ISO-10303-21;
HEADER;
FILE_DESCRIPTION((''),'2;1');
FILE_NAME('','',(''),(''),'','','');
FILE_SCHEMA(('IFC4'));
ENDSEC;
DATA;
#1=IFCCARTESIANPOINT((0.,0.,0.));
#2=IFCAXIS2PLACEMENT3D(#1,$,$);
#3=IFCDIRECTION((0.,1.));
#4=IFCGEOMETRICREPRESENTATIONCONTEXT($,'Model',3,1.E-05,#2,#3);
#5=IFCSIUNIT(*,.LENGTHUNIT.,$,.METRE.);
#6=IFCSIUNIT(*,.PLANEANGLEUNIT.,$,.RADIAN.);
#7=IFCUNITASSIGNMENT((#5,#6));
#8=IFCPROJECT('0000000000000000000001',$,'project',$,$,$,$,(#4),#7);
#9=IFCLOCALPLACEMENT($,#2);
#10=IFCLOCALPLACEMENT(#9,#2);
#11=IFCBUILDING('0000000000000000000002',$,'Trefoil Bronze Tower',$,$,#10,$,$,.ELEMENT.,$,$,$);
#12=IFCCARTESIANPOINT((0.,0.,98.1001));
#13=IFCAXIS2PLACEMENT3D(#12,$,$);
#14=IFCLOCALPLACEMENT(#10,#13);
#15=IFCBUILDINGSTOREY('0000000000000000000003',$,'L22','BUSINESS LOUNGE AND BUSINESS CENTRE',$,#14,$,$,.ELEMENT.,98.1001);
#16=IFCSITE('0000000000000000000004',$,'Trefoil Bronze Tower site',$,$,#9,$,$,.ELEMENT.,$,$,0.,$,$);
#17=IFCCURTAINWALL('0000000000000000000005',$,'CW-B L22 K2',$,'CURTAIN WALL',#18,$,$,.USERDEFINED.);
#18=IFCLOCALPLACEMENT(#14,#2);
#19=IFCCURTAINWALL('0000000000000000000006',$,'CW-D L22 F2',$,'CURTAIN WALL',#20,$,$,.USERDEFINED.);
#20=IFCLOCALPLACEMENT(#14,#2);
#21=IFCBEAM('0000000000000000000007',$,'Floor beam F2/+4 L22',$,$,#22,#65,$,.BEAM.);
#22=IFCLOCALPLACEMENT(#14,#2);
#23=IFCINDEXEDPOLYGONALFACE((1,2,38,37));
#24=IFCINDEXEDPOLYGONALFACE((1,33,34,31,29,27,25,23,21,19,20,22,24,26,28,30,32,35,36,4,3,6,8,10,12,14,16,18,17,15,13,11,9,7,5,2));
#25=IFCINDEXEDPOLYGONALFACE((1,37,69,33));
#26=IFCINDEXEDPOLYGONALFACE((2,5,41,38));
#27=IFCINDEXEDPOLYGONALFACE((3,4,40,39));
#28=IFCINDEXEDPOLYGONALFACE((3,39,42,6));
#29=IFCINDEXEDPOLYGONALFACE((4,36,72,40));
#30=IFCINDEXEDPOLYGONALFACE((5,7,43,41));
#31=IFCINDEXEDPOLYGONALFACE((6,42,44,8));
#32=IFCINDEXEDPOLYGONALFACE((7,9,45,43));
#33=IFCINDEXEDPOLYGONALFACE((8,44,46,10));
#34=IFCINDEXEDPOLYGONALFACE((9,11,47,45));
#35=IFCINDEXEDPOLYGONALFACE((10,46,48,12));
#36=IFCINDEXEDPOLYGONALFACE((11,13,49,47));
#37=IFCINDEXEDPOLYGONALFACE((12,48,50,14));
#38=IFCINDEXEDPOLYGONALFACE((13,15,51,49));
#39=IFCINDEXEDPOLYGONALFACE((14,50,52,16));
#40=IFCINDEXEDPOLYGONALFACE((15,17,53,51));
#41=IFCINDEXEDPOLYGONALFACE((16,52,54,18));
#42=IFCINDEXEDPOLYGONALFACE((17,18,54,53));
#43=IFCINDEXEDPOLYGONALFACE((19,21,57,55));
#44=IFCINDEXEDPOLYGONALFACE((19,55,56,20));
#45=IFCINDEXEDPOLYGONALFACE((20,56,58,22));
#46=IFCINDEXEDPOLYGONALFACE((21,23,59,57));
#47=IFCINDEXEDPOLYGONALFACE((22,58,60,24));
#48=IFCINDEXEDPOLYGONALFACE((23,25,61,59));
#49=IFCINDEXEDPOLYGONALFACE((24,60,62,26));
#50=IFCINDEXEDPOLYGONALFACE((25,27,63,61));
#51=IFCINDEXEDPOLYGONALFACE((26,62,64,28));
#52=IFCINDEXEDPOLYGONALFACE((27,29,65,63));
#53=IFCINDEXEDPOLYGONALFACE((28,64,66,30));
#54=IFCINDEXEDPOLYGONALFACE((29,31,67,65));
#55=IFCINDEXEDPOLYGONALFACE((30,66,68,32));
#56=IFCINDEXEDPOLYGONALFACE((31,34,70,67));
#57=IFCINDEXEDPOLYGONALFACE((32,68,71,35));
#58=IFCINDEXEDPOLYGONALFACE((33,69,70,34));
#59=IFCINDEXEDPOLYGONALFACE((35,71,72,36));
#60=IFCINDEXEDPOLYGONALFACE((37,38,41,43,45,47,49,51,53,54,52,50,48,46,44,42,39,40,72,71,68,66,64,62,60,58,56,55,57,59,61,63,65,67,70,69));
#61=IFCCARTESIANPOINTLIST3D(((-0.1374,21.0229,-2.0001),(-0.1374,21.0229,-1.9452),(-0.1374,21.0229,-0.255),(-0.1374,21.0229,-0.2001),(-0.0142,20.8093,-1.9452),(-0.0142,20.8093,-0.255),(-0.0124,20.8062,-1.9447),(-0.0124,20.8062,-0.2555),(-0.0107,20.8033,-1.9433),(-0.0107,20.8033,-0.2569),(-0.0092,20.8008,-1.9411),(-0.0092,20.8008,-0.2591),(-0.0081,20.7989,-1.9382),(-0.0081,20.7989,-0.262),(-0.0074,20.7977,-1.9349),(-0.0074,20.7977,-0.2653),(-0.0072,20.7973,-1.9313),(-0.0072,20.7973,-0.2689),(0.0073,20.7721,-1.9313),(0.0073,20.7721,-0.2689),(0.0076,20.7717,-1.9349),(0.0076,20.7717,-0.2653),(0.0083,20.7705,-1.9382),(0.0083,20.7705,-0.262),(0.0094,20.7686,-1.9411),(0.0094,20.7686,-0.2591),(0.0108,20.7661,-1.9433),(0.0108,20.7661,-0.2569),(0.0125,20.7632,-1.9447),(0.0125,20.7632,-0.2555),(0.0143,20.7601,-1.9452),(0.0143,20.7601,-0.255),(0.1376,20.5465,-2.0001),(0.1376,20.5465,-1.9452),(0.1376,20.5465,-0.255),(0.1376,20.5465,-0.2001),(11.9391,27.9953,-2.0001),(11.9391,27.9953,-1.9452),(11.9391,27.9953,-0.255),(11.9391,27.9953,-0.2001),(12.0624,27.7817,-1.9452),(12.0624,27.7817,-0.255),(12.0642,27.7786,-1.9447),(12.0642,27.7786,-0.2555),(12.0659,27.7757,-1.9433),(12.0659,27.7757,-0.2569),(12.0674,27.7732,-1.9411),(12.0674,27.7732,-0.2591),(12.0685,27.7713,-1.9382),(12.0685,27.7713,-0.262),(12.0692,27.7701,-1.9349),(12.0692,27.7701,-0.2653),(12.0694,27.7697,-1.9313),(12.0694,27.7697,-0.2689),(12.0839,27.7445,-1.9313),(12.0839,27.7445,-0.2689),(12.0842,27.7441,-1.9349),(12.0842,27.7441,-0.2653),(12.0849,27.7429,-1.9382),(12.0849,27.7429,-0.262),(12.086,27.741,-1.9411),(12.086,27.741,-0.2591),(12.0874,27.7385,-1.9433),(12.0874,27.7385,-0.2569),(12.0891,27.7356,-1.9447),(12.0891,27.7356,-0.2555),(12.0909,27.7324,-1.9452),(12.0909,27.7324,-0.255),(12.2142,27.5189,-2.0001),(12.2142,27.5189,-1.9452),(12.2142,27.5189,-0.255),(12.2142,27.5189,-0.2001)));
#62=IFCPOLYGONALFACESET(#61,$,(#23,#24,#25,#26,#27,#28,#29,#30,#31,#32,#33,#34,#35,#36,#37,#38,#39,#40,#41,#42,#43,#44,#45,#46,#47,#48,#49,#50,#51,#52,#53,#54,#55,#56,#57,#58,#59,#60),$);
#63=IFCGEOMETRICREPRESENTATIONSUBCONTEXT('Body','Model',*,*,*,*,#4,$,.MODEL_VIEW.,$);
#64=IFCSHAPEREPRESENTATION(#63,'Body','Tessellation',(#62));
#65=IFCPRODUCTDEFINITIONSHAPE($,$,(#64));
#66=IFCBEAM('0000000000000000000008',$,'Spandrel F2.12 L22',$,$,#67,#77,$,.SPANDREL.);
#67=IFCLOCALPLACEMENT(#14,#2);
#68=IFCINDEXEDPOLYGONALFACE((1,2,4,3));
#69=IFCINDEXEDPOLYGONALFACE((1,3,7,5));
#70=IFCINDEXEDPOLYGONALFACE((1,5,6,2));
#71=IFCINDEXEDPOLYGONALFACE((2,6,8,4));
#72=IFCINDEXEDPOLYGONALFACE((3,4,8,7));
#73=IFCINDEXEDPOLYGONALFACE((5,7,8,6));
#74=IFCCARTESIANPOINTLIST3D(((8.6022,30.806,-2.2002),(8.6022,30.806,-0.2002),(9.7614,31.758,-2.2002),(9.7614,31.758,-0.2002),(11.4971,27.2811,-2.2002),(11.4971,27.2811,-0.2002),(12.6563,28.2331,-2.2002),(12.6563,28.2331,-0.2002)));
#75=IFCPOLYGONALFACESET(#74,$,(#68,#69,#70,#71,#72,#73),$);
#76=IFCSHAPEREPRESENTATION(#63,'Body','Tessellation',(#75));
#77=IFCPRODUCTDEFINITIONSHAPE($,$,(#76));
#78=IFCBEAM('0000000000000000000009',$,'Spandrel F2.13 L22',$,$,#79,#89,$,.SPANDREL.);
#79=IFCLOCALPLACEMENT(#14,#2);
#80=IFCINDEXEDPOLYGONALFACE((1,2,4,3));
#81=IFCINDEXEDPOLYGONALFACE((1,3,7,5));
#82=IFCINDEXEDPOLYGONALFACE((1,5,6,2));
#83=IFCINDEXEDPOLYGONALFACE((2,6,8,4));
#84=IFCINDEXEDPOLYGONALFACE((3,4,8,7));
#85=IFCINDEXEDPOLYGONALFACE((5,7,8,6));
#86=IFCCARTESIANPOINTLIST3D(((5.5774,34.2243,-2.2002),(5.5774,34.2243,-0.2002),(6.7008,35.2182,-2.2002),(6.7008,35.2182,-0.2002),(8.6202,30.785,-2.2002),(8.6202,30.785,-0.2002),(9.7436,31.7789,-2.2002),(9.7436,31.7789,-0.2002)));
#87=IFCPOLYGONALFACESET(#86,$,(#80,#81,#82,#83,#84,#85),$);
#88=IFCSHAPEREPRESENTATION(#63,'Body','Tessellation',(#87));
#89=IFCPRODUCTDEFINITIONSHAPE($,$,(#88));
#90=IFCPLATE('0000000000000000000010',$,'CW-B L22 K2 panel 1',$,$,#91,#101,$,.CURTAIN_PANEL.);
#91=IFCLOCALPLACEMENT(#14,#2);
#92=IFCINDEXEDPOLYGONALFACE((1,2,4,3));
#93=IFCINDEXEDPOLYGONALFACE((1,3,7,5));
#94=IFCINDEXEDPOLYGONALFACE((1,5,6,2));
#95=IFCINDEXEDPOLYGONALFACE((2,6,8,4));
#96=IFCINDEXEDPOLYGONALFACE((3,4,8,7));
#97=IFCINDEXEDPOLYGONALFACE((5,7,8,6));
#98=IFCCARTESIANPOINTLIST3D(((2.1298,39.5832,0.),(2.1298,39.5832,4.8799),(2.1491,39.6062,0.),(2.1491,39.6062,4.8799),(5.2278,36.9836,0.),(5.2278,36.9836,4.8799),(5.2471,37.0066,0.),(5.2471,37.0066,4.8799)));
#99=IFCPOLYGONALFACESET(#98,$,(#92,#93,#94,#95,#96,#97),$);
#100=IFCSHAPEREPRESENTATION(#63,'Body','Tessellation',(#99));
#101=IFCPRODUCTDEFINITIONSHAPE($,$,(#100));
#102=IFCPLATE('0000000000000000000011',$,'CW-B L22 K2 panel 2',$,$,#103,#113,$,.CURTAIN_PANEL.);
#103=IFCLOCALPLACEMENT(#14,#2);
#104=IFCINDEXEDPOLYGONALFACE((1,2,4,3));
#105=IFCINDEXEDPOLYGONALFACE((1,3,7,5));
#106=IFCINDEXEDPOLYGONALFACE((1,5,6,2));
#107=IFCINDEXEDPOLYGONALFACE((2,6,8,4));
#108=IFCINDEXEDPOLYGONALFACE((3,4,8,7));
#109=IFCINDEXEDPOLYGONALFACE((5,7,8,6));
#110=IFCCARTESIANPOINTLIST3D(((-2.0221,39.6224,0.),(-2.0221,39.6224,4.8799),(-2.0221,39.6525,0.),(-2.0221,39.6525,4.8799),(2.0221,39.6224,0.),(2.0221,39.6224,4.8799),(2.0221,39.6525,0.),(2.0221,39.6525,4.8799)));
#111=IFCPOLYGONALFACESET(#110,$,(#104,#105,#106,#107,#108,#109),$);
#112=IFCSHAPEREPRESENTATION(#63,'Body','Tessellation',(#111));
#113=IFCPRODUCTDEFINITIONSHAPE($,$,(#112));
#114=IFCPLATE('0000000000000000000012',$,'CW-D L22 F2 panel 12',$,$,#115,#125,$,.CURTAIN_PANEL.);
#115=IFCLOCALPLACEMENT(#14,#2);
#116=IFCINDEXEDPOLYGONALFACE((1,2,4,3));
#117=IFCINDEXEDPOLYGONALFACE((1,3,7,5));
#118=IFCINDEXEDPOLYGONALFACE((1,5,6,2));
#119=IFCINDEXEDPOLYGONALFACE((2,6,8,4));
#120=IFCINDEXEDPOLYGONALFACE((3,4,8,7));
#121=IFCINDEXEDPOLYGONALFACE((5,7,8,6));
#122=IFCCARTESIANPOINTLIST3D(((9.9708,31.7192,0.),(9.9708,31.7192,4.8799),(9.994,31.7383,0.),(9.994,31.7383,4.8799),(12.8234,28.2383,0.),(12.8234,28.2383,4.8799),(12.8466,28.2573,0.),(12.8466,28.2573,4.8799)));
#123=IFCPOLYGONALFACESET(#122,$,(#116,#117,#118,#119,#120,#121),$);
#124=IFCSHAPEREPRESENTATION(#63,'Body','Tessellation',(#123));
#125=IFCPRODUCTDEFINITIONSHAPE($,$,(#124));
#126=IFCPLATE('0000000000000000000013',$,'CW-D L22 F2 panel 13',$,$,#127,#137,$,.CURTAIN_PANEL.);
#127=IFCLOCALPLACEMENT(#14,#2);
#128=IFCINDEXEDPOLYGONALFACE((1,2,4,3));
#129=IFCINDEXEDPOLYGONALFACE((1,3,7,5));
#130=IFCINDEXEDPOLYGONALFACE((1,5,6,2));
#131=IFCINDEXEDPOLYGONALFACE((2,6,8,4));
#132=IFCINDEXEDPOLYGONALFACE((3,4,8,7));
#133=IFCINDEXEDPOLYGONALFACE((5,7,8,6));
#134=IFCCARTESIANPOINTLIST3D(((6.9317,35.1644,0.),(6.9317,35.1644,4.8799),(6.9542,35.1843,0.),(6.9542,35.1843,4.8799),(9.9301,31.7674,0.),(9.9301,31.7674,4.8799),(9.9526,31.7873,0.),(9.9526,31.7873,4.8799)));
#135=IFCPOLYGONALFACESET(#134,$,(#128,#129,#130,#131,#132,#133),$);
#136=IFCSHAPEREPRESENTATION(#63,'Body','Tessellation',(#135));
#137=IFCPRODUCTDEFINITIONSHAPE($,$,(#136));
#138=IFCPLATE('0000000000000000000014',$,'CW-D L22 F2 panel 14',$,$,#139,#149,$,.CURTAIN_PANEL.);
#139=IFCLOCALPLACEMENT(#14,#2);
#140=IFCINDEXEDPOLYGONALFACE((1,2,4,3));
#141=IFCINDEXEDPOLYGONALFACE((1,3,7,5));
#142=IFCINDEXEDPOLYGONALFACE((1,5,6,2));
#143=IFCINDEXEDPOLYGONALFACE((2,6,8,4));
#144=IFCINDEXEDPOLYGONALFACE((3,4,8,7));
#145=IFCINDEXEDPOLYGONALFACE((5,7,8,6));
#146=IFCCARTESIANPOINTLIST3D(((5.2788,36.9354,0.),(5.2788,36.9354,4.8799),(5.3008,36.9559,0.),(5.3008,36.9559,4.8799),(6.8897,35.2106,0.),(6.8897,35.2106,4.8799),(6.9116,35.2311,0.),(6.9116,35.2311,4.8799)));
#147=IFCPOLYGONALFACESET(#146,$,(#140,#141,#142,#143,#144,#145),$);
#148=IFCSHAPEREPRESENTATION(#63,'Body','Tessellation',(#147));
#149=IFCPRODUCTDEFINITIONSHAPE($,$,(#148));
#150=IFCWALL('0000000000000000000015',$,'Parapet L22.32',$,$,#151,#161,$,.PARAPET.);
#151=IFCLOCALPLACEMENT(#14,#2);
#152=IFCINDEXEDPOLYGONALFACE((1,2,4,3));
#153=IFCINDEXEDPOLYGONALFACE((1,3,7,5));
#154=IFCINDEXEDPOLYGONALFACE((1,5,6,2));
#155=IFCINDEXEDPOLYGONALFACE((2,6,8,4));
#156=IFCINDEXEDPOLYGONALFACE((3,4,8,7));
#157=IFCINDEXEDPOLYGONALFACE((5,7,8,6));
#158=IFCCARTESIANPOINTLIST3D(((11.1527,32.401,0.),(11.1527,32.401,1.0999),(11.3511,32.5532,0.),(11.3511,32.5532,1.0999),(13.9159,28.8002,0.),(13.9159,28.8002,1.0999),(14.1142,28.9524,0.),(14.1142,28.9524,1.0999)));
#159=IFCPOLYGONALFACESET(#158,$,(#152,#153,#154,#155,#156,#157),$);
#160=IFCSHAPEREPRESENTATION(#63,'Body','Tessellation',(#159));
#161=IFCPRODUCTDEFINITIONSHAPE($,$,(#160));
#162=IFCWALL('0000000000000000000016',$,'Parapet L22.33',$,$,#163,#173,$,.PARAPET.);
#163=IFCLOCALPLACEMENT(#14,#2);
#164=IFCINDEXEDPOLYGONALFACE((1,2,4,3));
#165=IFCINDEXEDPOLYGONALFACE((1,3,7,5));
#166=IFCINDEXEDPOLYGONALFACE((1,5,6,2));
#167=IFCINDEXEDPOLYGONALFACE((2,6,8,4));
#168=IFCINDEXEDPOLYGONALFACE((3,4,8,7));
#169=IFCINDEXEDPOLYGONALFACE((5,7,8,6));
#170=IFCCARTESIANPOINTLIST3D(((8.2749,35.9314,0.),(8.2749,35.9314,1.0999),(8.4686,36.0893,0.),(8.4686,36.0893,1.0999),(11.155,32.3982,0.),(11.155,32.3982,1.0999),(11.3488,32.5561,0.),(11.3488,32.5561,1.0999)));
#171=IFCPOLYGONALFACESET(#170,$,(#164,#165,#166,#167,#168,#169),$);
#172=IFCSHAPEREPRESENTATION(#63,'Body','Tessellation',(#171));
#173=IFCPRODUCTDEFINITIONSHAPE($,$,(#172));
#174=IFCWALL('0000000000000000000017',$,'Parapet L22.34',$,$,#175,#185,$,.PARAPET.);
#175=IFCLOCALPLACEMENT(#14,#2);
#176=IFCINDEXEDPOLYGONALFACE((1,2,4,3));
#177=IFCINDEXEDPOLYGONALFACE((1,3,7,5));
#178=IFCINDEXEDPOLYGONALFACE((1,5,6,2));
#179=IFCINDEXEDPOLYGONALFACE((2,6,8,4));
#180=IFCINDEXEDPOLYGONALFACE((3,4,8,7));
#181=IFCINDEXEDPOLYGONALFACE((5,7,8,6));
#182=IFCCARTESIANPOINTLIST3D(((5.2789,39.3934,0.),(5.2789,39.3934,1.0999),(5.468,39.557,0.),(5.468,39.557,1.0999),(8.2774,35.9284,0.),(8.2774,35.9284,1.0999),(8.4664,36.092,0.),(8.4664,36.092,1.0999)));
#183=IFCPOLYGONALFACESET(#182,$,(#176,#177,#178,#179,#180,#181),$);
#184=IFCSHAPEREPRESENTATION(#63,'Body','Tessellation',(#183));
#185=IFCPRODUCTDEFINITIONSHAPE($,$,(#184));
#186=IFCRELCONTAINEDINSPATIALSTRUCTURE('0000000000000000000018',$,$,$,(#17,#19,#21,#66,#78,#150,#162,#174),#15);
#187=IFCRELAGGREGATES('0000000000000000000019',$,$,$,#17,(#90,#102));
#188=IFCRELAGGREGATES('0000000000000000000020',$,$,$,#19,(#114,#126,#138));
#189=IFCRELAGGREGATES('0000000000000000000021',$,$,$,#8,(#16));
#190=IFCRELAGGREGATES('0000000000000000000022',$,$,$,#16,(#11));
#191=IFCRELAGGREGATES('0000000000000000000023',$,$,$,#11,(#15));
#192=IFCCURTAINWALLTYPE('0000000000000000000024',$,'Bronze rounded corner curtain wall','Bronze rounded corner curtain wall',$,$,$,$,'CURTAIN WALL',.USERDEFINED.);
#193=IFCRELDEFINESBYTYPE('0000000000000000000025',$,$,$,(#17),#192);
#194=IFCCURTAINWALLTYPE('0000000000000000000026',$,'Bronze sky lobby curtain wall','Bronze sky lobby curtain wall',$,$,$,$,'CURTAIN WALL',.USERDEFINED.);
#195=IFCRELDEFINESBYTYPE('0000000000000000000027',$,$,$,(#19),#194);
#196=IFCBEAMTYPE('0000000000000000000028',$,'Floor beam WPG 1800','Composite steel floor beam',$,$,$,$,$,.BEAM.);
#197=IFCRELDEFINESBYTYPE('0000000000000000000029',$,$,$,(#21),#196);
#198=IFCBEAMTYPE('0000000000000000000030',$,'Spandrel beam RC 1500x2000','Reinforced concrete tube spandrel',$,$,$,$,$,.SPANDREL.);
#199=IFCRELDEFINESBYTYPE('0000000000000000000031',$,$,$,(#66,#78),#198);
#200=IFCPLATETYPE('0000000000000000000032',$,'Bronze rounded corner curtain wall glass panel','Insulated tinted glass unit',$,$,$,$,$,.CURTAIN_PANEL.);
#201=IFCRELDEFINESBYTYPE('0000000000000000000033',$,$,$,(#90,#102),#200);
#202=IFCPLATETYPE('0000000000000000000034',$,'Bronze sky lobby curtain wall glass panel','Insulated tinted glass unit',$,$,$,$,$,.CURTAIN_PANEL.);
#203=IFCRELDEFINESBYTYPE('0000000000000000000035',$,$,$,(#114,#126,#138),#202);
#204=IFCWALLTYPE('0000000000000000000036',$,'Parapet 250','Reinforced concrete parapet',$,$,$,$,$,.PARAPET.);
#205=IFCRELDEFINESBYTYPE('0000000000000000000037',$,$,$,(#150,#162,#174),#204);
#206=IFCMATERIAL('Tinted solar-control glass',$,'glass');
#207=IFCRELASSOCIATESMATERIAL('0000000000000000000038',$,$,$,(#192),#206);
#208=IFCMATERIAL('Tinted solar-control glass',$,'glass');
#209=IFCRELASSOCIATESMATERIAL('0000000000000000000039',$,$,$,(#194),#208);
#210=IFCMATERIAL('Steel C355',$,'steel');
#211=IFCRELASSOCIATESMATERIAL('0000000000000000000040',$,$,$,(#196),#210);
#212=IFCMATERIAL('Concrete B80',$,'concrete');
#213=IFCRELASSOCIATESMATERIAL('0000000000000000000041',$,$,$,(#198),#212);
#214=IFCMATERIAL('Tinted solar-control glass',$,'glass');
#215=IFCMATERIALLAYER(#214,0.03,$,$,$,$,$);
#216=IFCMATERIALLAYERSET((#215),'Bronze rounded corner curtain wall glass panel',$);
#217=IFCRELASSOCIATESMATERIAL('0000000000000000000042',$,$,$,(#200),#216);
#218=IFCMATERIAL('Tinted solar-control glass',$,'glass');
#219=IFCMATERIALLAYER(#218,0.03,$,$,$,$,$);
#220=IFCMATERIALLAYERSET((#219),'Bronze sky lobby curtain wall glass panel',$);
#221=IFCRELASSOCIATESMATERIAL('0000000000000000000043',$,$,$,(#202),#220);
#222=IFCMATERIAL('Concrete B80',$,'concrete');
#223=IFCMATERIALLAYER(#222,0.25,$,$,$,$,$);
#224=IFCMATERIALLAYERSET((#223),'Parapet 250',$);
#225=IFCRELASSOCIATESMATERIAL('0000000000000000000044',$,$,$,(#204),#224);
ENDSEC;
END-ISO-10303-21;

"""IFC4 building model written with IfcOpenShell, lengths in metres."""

from ifc_helpers import new_model, si_unit, direction, frame, frame_2d, origin, origin_2d, place, context, subcontext, project, spatial, rectangle, i_section, extrude, material, layer, layer_set, material_profile, profile_set, type_object, element, aggregate, save


model = new_model("IFC4")

# Units and contexts
model_context = context("Model", 3, precision=1e-05, world=origin(), true_north=direction((0.0, 1.0)))
body_context = subcontext(model_context, "Body", "Model", "MODEL_VIEW")
ifc_project = project(units=[si_unit("LENGTHUNIT", "METRE"), si_unit("PLANEANGLEUNIT", "RADIAN")], contexts=[model_context])

# Site, building, storey
site_placement = place(None, origin())
site = spatial("IfcSite", under=ifc_project, at=site_placement, Name="Trefoil Bronze Tower site", CompositionType="ELEMENT", RefElevation=0.0)
building_placement = place(site_placement, origin())
building = spatial("IfcBuilding", under=site, at=building_placement, Name="Trefoil Bronze Tower", CompositionType="ELEMENT")
storey_placement = place(building_placement, frame((0.0, 0.0, 98.1001)))
storey = spatial("IfcBuildingStorey", under=building, at=storey_placement, Name="L22", Description="BUSINESS LOUNGE AND BUSINESS CENTRE", CompositionType="ELEMENT", Elevation=98.1001)

# Curtain walls
ifc_material_1 = material(Name="Tinted solar-control glass", Category="glass")
curtain_wall_type_1 = type_object("IfcCurtainWallType", Name="Bronze rounded corner curtain wall", Description="Bronze rounded corner curtain wall", ElementType="CURTAIN WALL", PredefinedType="USERDEFINED", material=ifc_material_1)
curtain_wall_1_placement = place(storey_placement, origin())
curtain_wall_1 = element("IfcCurtainWall", 1, at=curtain_wall_1_placement, inside=storey, type_object=curtain_wall_type_1, Name="CW-B L22 K2", ObjectType="CURTAIN WALL", PredefinedType="USERDEFINED")
ifc_material_2 = material(Name="Tinted solar-control glass", Category="glass")
curtain_wall_type_2 = type_object("IfcCurtainWallType", Name="Bronze sky lobby curtain wall", Description="Bronze sky lobby curtain wall", ElementType="CURTAIN WALL", PredefinedType="USERDEFINED", material=ifc_material_2)
curtain_wall_2_placement = place(storey_placement, origin())
curtain_wall_2 = element("IfcCurtainWall", 2, at=curtain_wall_2_placement, inside=storey, type_object=curtain_wall_type_2, Name="CW-D L22 F2", ObjectType="CURTAIN WALL", PredefinedType="USERDEFINED")

# Beams
ifc_material_3 = material(Name="Steel C355", Category="steel")
ifc_material_profile_1 = material_profile(ifc_material_3, i_section(OverallWidth=0.55, OverallDepth=1.8, WebThickness=0.0291, FlangeThickness=0.0549, FilletRadius=0.0139, at=origin_2d()), Name="WPG 1800")
ifc_profile_set_1 = profile_set([ifc_material_profile_1], Name="Steel C355")
beam_type_1 = type_object("IfcBeamType", Name="Floor beam WPG 1800", Description="Composite steel floor beam", PredefinedType="BEAM", material=ifc_profile_set_1)
beam_1_placement = place(storey_placement, frame((12.0767, 27.7571, -1.1001), z_axis=(-0.866027, -0.499997, 0.0), x_axis=(0.499997, -0.866027, 0.0)))
element("IfcBeam", 3, at=beam_1_placement, inside=storey, type_object=beam_type_1, Name="Floor beam F2/+4 L22", PredefinedType="BEAM", context=body_context, shape_type="SweptSolid", body=[
    extrude(i_section(OverallWidth=0.55, OverallDepth=1.8, WebThickness=0.0291, FlangeThickness=0.0549, FilletRadius=0.0139, at=origin_2d()), origin(), (0.0, 0.0, 1.0), 13.9448),
])
ifc_material_4 = material(Name="Concrete B80", Category="concrete")
ifc_material_profile_2 = material_profile(ifc_material_4, rectangle(XDim=1.5, YDim=2.0, at=origin_2d()), Name="RC 1500x2000")
ifc_profile_set_2 = profile_set([ifc_material_profile_2], Name="Concrete B80")
beam_type_2 = type_object("IfcBeamType", Name="Spandrel beam RC 1500x2000", Description="Reinforced concrete tube spandrel", PredefinedType="SPANDREL", material=ifc_profile_set_2)
beam_2_placement = place(storey_placement, frame((12.0767, 27.7571, -1.2002), z_axis=(-0.63465, 0.772799, 0.0), x_axis=(-0.772799, -0.63465, 0.0)))
element("IfcBeam", 4, at=beam_2_placement, inside=storey, type_object=beam_type_2, Name="Spandrel F2.12 L22", PredefinedType="SPANDREL", context=body_context, shape_type="SweptSolid", body=[
    extrude(rectangle(XDim=1.5, YDim=2.0, at=origin_2d()), origin(), (0.0, 0.0, 1.0), 4.5613),
])
beam_3_placement = place(storey_placement, frame((9.1819, 31.282, -1.2002), z_axis=(-0.662616, 0.748959, 0.0), x_axis=(-0.748959, -0.662616, 0.0)))
element("IfcBeam", 5, at=beam_3_placement, inside=storey, type_object=beam_type_2, Name="Spandrel F2.13 L22", PredefinedType="SPANDREL", context=body_context, shape_type="SweptSolid", body=[
    extrude(rectangle(XDim=1.5, YDim=2.0, at=origin_2d()), origin(), (0.0, 0.0, 1.0), 4.592),
])

# Plates
ifc_material_5 = material(Name="Tinted solar-control glass", Category="glass")
ifc_layer_1 = layer(ifc_material_5, 0.03)
ifc_layer_set_1 = layer_set([ifc_layer_1], Name="Bronze rounded corner curtain wall glass panel")
plate_type_1 = type_object("IfcPlateType", Name="Bronze rounded corner curtain wall glass panel", Description="Insulated tinted glass unit", PredefinedType="CURTAIN_PANEL", material=ifc_layer_set_1)
plate_1_placement = place(storey_placement, frame((3.6885, 38.2949, 0.0), z_axis=(0.0, 0.0, 1.0), x_axis=(-0.766044, 0.642788, 0.0)))
plate_1 = element("IfcPlate", 6, at=plate_1_placement, type_object=plate_type_1, Name="CW-B L22 K2 panel 1", PredefinedType="CURTAIN_PANEL", context=body_context, shape_type="SweptSolid", body=[
    extrude(rectangle(XDim=4.0442, YDim=0.03, at=origin_2d()), origin(), (0.0, 0.0, 1.0), 4.8799),
])
plate_2_placement = place(storey_placement, frame((0.0, 39.6375, 0.0), z_axis=(0.0, 0.0, 1.0), x_axis=(-1.0, 0.0, 0.0)))
plate_2 = element("IfcPlate", 7, at=plate_2_placement, type_object=plate_type_1, Name="CW-B L22 K2 panel 2", PredefinedType="CURTAIN_PANEL", context=body_context, shape_type="SweptSolid", body=[
    extrude(rectangle(XDim=4.0442, YDim=0.03, at=origin_2d()), origin(), (0.0, 0.0, 1.0), 4.8799),
])
aggregate(curtain_wall_1, [plate_1, plate_2])
ifc_material_6 = material(Name="Tinted solar-control glass", Category="glass")
ifc_layer_2 = layer(ifc_material_6, 0.03)
ifc_layer_set_2 = layer_set([ifc_layer_2], Name="Bronze sky lobby curtain wall glass panel")
plate_type_2 = type_object("IfcPlateType", Name="Bronze sky lobby curtain wall glass panel", Description="Insulated tinted glass unit", PredefinedType="CURTAIN_PANEL", material=ifc_layer_set_2)
plate_3_placement = place(storey_placement, frame((11.4087, 29.9883, 0.0), z_axis=(0.0, 0.0, 1.0), x_axis=(-0.63384, 0.773464, 0.0)))
plate_3 = element("IfcPlate", 8, at=plate_3_placement, type_object=plate_type_2, Name="CW-D L22 F2 panel 12", PredefinedType="CURTAIN_PANEL", context=body_context, shape_type="SweptSolid", body=[
    extrude(rectangle(XDim=4.5005, YDim=0.03, at=origin_2d()), origin(), (0.0, 0.0, 1.0), 4.8799),
])
plate_4_placement = place(storey_placement, frame((8.4421, 33.4758, 0.0), z_axis=(0.0, 0.0, 1.0), x_axis=(-0.661751, 0.749723, 0.0)))
plate_4 = element("IfcPlate", 9, at=plate_4_placement, type_object=plate_type_2, Name="CW-D L22 F2 panel 13", PredefinedType="CURTAIN_PANEL", context=body_context, shape_type="SweptSolid", body=[
    extrude(rectangle(XDim=4.531, YDim=0.03, at=origin_2d()), origin(), (0.0, 0.0, 1.0), 4.8799),
])
plate_5_placement = place(storey_placement, frame((6.0952, 36.0833, 0.0), z_axis=(0.0, 0.0, 1.0), x_axis=(-0.682536, 0.730852, 0.0)))
plate_5 = element("IfcPlate", 10, at=plate_5_placement, type_object=plate_type_2, Name="CW-D L22 F2 panel 14", PredefinedType="CURTAIN_PANEL", context=body_context, shape_type="SweptSolid", body=[
    extrude(rectangle(XDim=2.3601, YDim=0.03, at=origin_2d()), origin(), (0.0, 0.0, 1.0), 4.8799),
])
aggregate(curtain_wall_2, [plate_3, plate_4, plate_5])

# Walls
ifc_material_7 = material(Name="Concrete B80", Category="concrete")
ifc_layer_3 = layer(ifc_material_7, 0.25)
ifc_layer_set_3 = layer_set([ifc_layer_3], Name="Parapet 250")
wall_type_1 = type_object("IfcWallType", Name="Parapet 250", Description="Reinforced concrete parapet", PredefinedType="PARAPET", material=ifc_layer_set_3)
wall_1_placement = place(storey_placement, frame((14.0151, 28.8762, 0.0), z_axis=(0.0, 0.0, 1.0), x_axis=(-0.608785, 0.793335, 0.0)))
element("IfcWall", 11, at=wall_1_placement, inside=storey, type_object=wall_type_1, Name="Parapet L22.32", PredefinedType="PARAPET", context=body_context, shape_type="SweptSolid", body=[
    extrude(rectangle(XDim=4.5388, YDim=0.25, at=frame_2d((2.2695, 0.0))), origin(), (0.0, 0.0, 1.0), 1.0999),
])
wall_2_placement = place(storey_placement, frame((11.252, 32.4771, 0.0), z_axis=(0.0, 0.0, 1.0), x_axis=(-0.631834, 0.775104, 0.0)))
element("IfcWall", 12, at=wall_2_placement, inside=storey, type_object=wall_type_1, Name="Parapet L22.33", PredefinedType="PARAPET", context=body_context, shape_type="SweptSolid", body=[
    extrude(rectangle(XDim=4.5583, YDim=0.25, at=frame_2d((2.2793, 0.0))), origin(), (0.0, 0.0, 1.0), 1.0999),
])
wall_3_placement = place(storey_placement, frame((8.3718, 36.0103, 0.0), z_axis=(0.0, 0.0, 1.0), x_axis=(-0.654364, 0.756179, 0.0)))
element("IfcWall", 13, at=wall_3_placement, inside=storey, type_object=wall_type_1, Name="Parapet L22.34", PredefinedType="PARAPET", context=body_context, shape_type="SweptSolid", body=[
    extrude(rectangle(XDim=4.5823, YDim=0.25, at=frame_2d((2.291, 0.0))), origin(), (0.0, 0.0, 1.0), 1.0999),
])

save(model, "model.ifc")
